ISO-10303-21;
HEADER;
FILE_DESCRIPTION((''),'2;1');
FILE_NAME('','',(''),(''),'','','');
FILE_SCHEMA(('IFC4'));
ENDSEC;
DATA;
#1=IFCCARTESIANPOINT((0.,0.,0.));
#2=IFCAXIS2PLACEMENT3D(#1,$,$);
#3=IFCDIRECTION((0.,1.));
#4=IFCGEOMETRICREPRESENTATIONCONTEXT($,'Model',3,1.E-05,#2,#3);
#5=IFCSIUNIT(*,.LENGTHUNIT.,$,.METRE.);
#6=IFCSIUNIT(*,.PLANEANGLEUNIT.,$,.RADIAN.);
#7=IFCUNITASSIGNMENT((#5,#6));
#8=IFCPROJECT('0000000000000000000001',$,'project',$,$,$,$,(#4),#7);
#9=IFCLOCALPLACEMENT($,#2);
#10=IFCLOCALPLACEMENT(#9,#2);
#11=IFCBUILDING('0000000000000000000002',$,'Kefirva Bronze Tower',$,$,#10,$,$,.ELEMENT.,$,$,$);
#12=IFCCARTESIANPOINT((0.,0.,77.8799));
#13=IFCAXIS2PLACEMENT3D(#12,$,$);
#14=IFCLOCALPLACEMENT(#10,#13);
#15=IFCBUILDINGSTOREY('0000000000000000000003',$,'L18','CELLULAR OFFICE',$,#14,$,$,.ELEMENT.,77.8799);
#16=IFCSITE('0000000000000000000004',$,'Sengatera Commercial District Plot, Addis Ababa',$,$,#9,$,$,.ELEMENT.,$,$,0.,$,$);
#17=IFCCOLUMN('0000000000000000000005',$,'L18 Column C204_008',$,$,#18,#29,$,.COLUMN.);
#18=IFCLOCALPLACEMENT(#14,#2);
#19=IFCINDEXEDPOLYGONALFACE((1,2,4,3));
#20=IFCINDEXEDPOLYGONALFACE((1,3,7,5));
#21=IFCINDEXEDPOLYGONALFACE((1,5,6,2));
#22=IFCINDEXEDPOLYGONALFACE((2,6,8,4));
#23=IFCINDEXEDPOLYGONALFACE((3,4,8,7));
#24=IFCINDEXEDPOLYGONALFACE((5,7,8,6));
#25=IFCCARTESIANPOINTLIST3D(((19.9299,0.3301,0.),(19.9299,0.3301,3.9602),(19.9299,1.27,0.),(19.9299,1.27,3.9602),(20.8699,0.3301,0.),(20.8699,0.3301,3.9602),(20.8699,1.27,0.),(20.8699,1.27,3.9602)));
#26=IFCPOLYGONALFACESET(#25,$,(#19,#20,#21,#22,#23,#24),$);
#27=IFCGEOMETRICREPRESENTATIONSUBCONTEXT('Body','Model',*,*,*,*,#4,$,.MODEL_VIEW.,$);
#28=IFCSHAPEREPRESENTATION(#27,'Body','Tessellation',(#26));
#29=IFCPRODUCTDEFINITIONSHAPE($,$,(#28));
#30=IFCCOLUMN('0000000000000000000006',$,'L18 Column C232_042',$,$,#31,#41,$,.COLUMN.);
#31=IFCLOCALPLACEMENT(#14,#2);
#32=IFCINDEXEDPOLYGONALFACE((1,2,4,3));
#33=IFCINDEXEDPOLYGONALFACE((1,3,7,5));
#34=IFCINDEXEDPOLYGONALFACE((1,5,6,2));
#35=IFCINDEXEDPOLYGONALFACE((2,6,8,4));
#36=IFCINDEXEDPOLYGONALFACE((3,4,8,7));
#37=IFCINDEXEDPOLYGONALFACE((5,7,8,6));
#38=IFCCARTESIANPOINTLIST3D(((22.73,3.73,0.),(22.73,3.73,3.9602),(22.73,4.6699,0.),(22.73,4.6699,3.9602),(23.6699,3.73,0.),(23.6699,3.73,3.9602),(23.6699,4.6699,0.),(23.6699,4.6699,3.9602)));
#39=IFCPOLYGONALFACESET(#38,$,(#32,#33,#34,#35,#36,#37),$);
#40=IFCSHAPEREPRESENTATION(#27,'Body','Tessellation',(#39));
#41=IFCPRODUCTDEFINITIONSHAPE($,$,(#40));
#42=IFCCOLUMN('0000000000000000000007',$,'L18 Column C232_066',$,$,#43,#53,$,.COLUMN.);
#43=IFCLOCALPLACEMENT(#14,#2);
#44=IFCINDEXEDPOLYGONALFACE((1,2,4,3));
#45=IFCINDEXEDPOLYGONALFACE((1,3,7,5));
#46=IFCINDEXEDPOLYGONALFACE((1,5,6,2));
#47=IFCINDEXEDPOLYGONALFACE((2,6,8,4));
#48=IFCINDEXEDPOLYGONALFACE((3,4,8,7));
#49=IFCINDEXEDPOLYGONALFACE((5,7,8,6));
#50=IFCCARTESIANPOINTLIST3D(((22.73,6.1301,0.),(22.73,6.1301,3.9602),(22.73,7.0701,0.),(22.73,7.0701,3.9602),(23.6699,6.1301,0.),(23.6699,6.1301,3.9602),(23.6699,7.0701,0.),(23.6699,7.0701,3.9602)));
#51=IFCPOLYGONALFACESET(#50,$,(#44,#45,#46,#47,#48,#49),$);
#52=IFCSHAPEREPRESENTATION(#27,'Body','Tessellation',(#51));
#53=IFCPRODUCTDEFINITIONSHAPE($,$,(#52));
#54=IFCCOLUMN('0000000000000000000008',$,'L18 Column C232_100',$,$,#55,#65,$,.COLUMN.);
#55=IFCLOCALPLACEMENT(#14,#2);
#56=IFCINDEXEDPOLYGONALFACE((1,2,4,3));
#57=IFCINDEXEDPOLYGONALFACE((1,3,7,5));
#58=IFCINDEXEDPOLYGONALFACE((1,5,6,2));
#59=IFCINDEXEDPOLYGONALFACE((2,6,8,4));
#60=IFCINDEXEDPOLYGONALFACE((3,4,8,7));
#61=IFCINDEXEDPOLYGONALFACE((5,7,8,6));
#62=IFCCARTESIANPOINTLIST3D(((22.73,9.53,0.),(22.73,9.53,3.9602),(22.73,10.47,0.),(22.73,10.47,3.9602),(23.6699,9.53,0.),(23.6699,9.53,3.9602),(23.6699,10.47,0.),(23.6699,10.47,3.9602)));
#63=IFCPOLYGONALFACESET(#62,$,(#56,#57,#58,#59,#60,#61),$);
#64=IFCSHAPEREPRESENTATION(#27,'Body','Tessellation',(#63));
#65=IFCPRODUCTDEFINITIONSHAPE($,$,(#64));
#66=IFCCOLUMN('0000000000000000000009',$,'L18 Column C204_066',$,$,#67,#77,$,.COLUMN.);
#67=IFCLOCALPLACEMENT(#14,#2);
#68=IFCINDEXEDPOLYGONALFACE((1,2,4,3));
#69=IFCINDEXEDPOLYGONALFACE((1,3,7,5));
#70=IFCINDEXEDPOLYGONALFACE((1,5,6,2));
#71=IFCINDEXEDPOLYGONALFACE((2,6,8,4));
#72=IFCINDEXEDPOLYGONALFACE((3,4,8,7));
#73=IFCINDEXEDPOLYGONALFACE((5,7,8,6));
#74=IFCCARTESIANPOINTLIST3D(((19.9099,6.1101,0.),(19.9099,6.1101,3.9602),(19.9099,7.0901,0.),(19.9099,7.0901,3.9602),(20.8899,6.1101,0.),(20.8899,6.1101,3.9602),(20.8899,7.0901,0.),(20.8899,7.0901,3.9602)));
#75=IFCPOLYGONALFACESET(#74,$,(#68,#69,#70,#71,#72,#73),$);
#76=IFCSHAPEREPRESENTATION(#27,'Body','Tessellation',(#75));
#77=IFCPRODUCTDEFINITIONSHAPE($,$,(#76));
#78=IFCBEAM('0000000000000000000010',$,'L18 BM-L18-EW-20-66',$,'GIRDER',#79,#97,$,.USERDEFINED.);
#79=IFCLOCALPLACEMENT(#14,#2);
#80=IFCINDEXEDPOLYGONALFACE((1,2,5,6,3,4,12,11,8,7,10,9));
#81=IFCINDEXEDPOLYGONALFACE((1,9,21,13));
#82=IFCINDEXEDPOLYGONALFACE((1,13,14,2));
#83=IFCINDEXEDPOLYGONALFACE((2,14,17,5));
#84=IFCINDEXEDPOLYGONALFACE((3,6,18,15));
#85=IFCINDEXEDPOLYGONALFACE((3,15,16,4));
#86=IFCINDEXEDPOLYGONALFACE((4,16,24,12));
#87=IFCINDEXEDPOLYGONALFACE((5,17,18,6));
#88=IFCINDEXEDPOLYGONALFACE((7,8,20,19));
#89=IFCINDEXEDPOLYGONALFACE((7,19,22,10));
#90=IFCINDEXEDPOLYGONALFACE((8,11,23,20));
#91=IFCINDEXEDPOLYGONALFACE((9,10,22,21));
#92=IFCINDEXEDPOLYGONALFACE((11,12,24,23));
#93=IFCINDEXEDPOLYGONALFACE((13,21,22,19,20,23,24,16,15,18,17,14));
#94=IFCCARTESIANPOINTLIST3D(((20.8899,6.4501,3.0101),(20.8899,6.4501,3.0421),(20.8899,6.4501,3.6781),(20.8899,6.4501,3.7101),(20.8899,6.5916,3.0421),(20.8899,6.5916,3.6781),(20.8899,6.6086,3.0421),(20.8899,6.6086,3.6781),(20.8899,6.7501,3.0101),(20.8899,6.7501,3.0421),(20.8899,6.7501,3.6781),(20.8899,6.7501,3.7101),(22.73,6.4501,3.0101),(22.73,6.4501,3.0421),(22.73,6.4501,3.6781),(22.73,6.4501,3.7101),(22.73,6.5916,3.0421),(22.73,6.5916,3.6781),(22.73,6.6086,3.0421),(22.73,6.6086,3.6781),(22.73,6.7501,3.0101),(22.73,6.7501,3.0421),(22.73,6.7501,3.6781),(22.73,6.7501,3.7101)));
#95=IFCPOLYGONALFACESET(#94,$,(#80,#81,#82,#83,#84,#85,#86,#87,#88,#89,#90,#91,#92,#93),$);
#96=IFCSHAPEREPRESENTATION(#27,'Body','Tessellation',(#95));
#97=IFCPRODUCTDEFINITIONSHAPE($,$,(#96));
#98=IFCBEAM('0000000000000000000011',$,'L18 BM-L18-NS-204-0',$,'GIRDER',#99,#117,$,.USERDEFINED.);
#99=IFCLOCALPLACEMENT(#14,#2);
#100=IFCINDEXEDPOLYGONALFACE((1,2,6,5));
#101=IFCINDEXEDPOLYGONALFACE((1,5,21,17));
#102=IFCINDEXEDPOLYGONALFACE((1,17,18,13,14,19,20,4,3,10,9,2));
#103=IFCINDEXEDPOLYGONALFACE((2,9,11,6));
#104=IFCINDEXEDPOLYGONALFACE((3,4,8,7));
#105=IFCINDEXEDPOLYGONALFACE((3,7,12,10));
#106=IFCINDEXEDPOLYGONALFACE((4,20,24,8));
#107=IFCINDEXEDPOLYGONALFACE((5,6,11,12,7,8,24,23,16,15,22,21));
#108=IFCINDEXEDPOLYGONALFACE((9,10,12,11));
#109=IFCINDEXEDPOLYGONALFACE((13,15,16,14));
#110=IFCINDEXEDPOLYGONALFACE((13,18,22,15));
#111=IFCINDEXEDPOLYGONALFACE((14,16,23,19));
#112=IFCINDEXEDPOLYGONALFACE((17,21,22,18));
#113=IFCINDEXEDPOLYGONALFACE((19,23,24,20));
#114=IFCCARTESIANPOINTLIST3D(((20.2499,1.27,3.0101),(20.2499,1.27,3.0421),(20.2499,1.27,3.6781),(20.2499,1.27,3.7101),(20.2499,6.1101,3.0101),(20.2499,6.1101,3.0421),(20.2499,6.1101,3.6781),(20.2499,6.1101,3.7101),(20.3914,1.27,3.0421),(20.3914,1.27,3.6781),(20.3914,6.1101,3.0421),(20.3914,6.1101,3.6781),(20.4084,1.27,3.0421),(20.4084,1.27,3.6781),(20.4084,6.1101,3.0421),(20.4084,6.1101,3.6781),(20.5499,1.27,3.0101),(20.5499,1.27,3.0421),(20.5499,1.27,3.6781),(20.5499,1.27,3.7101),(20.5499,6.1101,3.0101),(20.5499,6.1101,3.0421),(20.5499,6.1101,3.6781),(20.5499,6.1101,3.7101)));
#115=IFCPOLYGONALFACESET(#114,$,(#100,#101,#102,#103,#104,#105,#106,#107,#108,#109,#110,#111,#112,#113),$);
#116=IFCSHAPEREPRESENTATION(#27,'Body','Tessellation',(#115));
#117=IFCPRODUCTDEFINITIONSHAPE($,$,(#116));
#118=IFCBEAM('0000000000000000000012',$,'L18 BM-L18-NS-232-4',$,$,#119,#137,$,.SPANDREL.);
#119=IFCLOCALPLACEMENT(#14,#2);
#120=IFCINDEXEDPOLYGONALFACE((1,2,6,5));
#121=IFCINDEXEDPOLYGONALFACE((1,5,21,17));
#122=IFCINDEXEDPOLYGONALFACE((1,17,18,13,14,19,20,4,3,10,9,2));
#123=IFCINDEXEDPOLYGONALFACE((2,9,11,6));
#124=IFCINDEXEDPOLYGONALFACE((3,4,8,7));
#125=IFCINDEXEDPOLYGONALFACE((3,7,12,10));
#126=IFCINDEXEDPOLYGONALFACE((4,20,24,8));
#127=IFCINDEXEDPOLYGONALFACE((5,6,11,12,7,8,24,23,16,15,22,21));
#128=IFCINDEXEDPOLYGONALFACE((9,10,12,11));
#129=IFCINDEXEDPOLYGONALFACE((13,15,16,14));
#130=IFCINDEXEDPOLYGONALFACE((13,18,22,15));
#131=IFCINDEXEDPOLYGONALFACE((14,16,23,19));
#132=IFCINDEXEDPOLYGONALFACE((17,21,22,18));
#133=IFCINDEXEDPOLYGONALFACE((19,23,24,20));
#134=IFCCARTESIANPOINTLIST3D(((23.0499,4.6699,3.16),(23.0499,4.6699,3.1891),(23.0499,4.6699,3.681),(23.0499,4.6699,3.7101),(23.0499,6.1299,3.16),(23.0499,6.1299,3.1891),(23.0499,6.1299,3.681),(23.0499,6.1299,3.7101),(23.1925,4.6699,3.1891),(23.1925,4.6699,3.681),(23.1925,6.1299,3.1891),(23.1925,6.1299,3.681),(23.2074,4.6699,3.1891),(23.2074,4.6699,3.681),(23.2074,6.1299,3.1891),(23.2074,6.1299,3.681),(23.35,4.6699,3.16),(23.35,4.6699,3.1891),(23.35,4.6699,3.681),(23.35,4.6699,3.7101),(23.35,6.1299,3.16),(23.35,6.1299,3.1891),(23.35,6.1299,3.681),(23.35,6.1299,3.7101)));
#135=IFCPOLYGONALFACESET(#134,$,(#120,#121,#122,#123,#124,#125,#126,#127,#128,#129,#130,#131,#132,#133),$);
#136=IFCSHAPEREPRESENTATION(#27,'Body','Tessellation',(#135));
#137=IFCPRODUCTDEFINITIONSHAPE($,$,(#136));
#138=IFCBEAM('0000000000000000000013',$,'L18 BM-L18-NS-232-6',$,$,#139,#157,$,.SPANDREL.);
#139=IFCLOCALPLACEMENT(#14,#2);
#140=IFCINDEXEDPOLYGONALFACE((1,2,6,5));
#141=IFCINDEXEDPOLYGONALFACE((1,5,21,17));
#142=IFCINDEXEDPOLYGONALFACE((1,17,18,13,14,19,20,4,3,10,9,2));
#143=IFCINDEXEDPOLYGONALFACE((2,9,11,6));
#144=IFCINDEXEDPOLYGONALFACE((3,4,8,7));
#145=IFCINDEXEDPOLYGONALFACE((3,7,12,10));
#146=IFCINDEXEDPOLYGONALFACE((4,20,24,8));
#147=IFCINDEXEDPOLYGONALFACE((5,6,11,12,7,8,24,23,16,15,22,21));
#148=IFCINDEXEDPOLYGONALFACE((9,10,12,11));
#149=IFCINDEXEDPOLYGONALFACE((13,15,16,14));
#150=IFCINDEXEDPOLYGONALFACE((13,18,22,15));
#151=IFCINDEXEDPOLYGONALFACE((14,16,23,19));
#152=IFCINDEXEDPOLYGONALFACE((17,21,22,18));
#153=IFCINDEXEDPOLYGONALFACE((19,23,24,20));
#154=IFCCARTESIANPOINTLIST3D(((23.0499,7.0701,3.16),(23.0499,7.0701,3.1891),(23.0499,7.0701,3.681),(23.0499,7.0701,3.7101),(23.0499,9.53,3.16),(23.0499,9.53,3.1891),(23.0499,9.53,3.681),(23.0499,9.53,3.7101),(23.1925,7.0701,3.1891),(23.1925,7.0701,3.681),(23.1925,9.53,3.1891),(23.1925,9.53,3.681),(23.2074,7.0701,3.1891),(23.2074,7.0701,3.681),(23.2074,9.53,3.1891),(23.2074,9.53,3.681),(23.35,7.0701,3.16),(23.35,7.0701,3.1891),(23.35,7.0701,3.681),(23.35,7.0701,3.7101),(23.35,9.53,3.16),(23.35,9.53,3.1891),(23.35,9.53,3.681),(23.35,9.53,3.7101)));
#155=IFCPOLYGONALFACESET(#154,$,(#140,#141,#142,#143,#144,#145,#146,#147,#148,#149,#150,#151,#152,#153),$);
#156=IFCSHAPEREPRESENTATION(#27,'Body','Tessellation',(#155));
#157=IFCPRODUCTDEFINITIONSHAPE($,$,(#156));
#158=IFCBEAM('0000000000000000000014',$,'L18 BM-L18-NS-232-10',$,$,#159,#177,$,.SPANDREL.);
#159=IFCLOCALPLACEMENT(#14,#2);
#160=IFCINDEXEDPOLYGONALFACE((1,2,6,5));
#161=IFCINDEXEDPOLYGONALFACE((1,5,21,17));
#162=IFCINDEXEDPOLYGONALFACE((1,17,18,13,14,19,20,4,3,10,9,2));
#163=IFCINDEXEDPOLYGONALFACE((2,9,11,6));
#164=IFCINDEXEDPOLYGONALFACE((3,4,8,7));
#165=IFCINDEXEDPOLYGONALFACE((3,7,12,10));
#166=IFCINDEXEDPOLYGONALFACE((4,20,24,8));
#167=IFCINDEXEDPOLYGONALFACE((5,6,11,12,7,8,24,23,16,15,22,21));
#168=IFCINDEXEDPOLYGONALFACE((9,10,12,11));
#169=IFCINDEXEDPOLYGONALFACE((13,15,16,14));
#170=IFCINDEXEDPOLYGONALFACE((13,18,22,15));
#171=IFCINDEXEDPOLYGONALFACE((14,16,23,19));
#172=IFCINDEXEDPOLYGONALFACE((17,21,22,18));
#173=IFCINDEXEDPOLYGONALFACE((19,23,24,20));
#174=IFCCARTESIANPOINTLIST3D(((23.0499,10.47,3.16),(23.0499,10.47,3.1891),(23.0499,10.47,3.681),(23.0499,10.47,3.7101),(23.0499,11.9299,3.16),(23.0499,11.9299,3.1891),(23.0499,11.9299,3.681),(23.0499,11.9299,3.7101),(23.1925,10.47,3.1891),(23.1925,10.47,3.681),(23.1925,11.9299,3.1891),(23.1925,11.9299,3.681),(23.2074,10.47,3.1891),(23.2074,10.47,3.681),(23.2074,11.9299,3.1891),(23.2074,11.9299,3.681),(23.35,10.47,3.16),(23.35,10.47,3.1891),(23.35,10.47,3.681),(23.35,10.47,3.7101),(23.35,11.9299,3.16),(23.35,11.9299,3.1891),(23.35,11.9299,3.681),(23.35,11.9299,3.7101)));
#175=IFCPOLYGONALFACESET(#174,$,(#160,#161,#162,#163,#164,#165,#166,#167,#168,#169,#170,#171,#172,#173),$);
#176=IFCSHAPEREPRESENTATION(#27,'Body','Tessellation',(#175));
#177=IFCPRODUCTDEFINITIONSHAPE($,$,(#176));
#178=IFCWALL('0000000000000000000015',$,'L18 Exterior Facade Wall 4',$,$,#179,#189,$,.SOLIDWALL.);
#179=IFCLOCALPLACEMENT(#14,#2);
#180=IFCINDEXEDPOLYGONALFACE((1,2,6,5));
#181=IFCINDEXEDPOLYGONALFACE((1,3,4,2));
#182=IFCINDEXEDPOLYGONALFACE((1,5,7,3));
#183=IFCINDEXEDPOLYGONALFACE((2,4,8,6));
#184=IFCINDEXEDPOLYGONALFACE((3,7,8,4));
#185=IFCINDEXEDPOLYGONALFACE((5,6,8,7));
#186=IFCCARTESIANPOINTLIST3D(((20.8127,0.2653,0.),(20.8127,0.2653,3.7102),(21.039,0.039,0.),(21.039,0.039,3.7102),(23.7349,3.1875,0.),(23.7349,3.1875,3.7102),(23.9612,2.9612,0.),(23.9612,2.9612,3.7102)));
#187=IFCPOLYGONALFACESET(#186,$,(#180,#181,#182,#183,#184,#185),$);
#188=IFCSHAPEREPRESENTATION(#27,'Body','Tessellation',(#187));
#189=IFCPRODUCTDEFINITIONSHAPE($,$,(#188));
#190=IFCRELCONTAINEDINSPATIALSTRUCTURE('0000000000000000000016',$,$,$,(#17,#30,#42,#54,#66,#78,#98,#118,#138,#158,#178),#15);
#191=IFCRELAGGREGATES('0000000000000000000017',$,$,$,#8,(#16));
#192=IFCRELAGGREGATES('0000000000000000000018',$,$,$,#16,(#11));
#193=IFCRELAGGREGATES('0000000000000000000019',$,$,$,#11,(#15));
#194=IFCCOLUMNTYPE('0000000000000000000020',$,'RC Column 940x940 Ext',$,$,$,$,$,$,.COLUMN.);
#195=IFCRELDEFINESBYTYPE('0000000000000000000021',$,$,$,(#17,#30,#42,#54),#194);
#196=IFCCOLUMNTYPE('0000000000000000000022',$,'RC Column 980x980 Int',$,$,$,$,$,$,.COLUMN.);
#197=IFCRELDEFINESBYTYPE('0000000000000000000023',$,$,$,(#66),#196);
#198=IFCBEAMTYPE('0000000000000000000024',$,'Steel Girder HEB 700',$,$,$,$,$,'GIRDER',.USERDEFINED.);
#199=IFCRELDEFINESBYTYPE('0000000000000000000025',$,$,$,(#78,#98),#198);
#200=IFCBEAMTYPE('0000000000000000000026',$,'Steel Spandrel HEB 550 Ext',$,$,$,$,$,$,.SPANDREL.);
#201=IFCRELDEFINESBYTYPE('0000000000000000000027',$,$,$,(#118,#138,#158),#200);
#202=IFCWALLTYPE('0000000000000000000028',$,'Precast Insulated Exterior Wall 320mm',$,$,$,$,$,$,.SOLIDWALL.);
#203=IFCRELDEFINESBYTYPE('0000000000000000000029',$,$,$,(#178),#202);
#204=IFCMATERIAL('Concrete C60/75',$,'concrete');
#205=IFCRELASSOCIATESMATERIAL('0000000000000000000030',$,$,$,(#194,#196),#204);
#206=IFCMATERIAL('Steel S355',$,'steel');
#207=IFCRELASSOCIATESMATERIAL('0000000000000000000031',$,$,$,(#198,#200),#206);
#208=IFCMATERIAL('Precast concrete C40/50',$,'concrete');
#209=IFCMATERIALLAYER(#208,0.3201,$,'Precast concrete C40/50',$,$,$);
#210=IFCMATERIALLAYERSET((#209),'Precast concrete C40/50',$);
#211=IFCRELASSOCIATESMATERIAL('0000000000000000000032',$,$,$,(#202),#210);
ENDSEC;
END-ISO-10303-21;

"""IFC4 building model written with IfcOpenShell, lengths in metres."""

from ifc_helpers import new_model, si_unit, direction, frame, frame_2d, origin, origin_2d, place, context, subcontext, project, spatial, rectangle, i_section, extrude, material, layer, layer_set, material_profile, profile_set, type_object, element, save


model = new_model("IFC4")

# Units and contexts
model_context = context("Model", 3, precision=1e-05, world=origin(), true_north=direction((0.0, 1.0)))
body_context = subcontext(model_context, "Body", "Model", "MODEL_VIEW")
ifc_project = project(units=[si_unit("LENGTHUNIT", "METRE"), si_unit("PLANEANGLEUNIT", "RADIAN")], contexts=[model_context])

# Site, building, storey
site_placement = place(None, origin())
site = spatial("IfcSite", under=ifc_project, at=site_placement, Name="Sengatera Commercial District Plot, Addis Ababa", CompositionType="ELEMENT", RefElevation=0.0)
building_placement = place(site_placement, origin())
building = spatial("IfcBuilding", under=site, at=building_placement, Name="Kefirva Bronze Tower", CompositionType="ELEMENT")
storey_placement = place(building_placement, frame((0.0, 0.0, 77.8799)))
storey = spatial("IfcBuildingStorey", under=building, at=storey_placement, Name="L18", Description="CELLULAR OFFICE", CompositionType="ELEMENT", Elevation=77.8799)

# Columns
ifc_material_1 = material(Name="Concrete C60/75", Category="concrete")
ifc_material_profile_1 = material_profile(ifc_material_1, rectangle(XDim=0.9399, YDim=0.9399, at=origin_2d()), Name="RC 940x940")
ifc_profile_set_1 = profile_set([ifc_material_profile_1], Name="Concrete C60/75")
column_type_1 = type_object("IfcColumnType", Name="RC Column 940x940 Ext", PredefinedType="COLUMN", material=ifc_profile_set_1)
for number, where, z_axis, x_axis, name in (
    (1, (20.3999, 0.8, 0.0), (0.0, 0.0, 1.0), (1.0, 0.0, 0.0), "L18 Column C204_008"),
    (2, (23.2, 4.2, 0.0), (0.0, 0.0, 1.0), (1.0, 0.0, 0.0), "L18 Column C232_042"),
    (3, (23.2, 6.6001, 0.0), (0.0, 0.0, 1.0), (1.0, 0.0, 0.0), "L18 Column C232_066"),
    (4, (23.2, 10.0, 0.0), (0.0, 0.0, 1.0), (1.0, 0.0, 0.0), "L18 Column C232_100"),
):
    element("IfcColumn", number, at=place(storey_placement, frame(where, z_axis=z_axis, x_axis=x_axis)), inside=storey, type_object=column_type_1, Name=name, PredefinedType="COLUMN", context=body_context, shape_type="SweptSolid", body=[
        extrude(rectangle(XDim=0.9399, YDim=0.9399, at=origin_2d()), origin(), (0.0, 0.0, 1.0), 3.9602),
    ])
ifc_material_profile_2 = material_profile(ifc_material_1, rectangle(XDim=0.98, YDim=0.98, at=origin_2d()), Name="RC 980x980")
ifc_profile_set_2 = profile_set([ifc_material_profile_2], Name="Concrete C60/75")
column_type_2 = type_object("IfcColumnType", Name="RC Column 980x980 Int", PredefinedType="COLUMN", material=ifc_profile_set_2)
column_placement = place(storey_placement, frame((20.3999, 6.6001, 0.0), z_axis=(0.0, 0.0, 1.0), x_axis=(1.0, 0.0, 0.0)))
element("IfcColumn", 5, at=column_placement, inside=storey, type_object=column_type_2, Name="L18 Column C204_066", PredefinedType="COLUMN", context=body_context, shape_type="SweptSolid", body=[
    extrude(rectangle(XDim=0.98, YDim=0.98, at=origin_2d()), origin(), (0.0, 0.0, 1.0), 3.9602),
])

# Beams
ifc_material_2 = material(Name="Steel S355", Category="steel")
ifc_material_profile_3 = material_profile(ifc_material_2, i_section(OverallWidth=0.3, OverallDepth=0.7, WebThickness=0.0171, FlangeThickness=0.032, at=origin_2d()), Name="HEB 700")
ifc_profile_set_3 = profile_set([ifc_material_profile_3], Name="Steel S355")
beam_type_1 = type_object("IfcBeamType", Name="Steel Girder HEB 700", ElementType="GIRDER", PredefinedType="USERDEFINED", material=ifc_profile_set_3)
beam_1_placement = place(storey_placement, frame((20.8899, 6.6001, 3.3601), z_axis=(1.0, 0.0, 0.0), x_axis=(0.0, 1.0, 0.0)))
element("IfcBeam", 6, at=beam_1_placement, inside=storey, type_object=beam_type_1, Name="L18 BM-L18-EW-20-66", ObjectType="GIRDER", PredefinedType="USERDEFINED", context=body_context, shape_type="SweptSolid", body=[
    extrude(i_section(OverallWidth=0.3, OverallDepth=0.7, WebThickness=0.0171, FlangeThickness=0.032, at=origin_2d()), origin(), (0.0, 0.0, 1.0), 1.8401),
])
beam_2_placement = place(storey_placement, frame((20.3999, 1.27, 3.3601), z_axis=(0.0, 1.0, 0.0), x_axis=(-1.0, 0.0, 0.0)))
element("IfcBeam", 7, at=beam_2_placement, inside=storey, type_object=beam_type_1, Name="L18 BM-L18-NS-204-0", ObjectType="GIRDER", PredefinedType="USERDEFINED", context=body_context, shape_type="SweptSolid", body=[
    extrude(i_section(OverallWidth=0.3, OverallDepth=0.7, WebThickness=0.0171, FlangeThickness=0.032, at=origin_2d()), origin(), (0.0, 0.0, 1.0), 4.8401),
])
ifc_material_profile_4 = material_profile(ifc_material_2, i_section(OverallWidth=0.3, OverallDepth=0.55, WebThickness=0.0149, FlangeThickness=0.0291, at=origin_2d()), Name="HEB 550")
ifc_profile_set_4 = profile_set([ifc_material_profile_4], Name="Steel S355")
beam_type_2 = type_object("IfcBeamType", Name="Steel Spandrel HEB 550 Ext", PredefinedType="SPANDREL", material=ifc_profile_set_4)
beam_3_placement = place(storey_placement, frame((23.2, 4.6699, 3.4351), z_axis=(0.0, 1.0, 0.0), x_axis=(-1.0, 0.0, 0.0)))
element("IfcBeam", 8, at=beam_3_placement, inside=storey, type_object=beam_type_2, Name="L18 BM-L18-NS-232-4", PredefinedType="SPANDREL", context=body_context, shape_type="SweptSolid", body=[
    extrude(i_section(OverallWidth=0.3, OverallDepth=0.55, WebThickness=0.0149, FlangeThickness=0.0291, at=origin_2d()), origin(), (0.0, 0.0, 1.0), 1.46),
])
beam_4_placement = place(storey_placement, frame((23.2, 7.0701, 3.4351), z_axis=(0.0, 1.0, 0.0), x_axis=(-1.0, 0.0, 0.0)))
element("IfcBeam", 9, at=beam_4_placement, inside=storey, type_object=beam_type_2, Name="L18 BM-L18-NS-232-6", PredefinedType="SPANDREL", context=body_context, shape_type="SweptSolid", body=[
    extrude(i_section(OverallWidth=0.3, OverallDepth=0.55, WebThickness=0.0149, FlangeThickness=0.0291, at=origin_2d()), origin(), (0.0, 0.0, 1.0), 2.46),
])
beam_5_placement = place(storey_placement, frame((23.2, 10.47, 3.4351), z_axis=(0.0, 1.0, 0.0), x_axis=(-1.0, 0.0, 0.0)))
element("IfcBeam", 10, at=beam_5_placement, inside=storey, type_object=beam_type_2, Name="L18 BM-L18-NS-232-10", PredefinedType="SPANDREL", context=body_context, shape_type="SweptSolid", body=[
    extrude(i_section(OverallWidth=0.3, OverallDepth=0.55, WebThickness=0.0149, FlangeThickness=0.0291, at=origin_2d()), origin(), (0.0, 0.0, 1.0), 1.46),
])

# Wall
ifc_material_3 = material(Name="Precast concrete C40/50", Category="concrete")
ifc_layer_1 = layer(ifc_material_3, 0.3201, Name="Precast concrete C40/50")
ifc_layer_set_1 = layer_set([ifc_layer_1], Name="Precast concrete C40/50")
wall_type_1 = type_object("IfcWallType", Name="Precast Insulated Exterior Wall 320mm", PredefinedType="SOLIDWALL", material=ifc_layer_set_1)
wall_1_placement = place(storey_placement, frame((20.9258, 0.1521, 0.0), z_axis=(0.0, 0.0, 1.0), x_axis=(0.707107, 0.707107, 0.0)))
element("IfcWall", 11, at=wall_1_placement, inside=storey, type_object=wall_type_1, Name="L18 Exterior Facade Wall 4", PredefinedType="SOLIDWALL", context=body_context, shape_type="SweptSolid", body=[
    extrude(rectangle(XDim=4.1326, YDim=0.3201, at=frame_2d((2.0664, 0.0))), origin(), (0.0, 0.0, 1.0), 3.7102),
])

save(model, "model.ifc")
